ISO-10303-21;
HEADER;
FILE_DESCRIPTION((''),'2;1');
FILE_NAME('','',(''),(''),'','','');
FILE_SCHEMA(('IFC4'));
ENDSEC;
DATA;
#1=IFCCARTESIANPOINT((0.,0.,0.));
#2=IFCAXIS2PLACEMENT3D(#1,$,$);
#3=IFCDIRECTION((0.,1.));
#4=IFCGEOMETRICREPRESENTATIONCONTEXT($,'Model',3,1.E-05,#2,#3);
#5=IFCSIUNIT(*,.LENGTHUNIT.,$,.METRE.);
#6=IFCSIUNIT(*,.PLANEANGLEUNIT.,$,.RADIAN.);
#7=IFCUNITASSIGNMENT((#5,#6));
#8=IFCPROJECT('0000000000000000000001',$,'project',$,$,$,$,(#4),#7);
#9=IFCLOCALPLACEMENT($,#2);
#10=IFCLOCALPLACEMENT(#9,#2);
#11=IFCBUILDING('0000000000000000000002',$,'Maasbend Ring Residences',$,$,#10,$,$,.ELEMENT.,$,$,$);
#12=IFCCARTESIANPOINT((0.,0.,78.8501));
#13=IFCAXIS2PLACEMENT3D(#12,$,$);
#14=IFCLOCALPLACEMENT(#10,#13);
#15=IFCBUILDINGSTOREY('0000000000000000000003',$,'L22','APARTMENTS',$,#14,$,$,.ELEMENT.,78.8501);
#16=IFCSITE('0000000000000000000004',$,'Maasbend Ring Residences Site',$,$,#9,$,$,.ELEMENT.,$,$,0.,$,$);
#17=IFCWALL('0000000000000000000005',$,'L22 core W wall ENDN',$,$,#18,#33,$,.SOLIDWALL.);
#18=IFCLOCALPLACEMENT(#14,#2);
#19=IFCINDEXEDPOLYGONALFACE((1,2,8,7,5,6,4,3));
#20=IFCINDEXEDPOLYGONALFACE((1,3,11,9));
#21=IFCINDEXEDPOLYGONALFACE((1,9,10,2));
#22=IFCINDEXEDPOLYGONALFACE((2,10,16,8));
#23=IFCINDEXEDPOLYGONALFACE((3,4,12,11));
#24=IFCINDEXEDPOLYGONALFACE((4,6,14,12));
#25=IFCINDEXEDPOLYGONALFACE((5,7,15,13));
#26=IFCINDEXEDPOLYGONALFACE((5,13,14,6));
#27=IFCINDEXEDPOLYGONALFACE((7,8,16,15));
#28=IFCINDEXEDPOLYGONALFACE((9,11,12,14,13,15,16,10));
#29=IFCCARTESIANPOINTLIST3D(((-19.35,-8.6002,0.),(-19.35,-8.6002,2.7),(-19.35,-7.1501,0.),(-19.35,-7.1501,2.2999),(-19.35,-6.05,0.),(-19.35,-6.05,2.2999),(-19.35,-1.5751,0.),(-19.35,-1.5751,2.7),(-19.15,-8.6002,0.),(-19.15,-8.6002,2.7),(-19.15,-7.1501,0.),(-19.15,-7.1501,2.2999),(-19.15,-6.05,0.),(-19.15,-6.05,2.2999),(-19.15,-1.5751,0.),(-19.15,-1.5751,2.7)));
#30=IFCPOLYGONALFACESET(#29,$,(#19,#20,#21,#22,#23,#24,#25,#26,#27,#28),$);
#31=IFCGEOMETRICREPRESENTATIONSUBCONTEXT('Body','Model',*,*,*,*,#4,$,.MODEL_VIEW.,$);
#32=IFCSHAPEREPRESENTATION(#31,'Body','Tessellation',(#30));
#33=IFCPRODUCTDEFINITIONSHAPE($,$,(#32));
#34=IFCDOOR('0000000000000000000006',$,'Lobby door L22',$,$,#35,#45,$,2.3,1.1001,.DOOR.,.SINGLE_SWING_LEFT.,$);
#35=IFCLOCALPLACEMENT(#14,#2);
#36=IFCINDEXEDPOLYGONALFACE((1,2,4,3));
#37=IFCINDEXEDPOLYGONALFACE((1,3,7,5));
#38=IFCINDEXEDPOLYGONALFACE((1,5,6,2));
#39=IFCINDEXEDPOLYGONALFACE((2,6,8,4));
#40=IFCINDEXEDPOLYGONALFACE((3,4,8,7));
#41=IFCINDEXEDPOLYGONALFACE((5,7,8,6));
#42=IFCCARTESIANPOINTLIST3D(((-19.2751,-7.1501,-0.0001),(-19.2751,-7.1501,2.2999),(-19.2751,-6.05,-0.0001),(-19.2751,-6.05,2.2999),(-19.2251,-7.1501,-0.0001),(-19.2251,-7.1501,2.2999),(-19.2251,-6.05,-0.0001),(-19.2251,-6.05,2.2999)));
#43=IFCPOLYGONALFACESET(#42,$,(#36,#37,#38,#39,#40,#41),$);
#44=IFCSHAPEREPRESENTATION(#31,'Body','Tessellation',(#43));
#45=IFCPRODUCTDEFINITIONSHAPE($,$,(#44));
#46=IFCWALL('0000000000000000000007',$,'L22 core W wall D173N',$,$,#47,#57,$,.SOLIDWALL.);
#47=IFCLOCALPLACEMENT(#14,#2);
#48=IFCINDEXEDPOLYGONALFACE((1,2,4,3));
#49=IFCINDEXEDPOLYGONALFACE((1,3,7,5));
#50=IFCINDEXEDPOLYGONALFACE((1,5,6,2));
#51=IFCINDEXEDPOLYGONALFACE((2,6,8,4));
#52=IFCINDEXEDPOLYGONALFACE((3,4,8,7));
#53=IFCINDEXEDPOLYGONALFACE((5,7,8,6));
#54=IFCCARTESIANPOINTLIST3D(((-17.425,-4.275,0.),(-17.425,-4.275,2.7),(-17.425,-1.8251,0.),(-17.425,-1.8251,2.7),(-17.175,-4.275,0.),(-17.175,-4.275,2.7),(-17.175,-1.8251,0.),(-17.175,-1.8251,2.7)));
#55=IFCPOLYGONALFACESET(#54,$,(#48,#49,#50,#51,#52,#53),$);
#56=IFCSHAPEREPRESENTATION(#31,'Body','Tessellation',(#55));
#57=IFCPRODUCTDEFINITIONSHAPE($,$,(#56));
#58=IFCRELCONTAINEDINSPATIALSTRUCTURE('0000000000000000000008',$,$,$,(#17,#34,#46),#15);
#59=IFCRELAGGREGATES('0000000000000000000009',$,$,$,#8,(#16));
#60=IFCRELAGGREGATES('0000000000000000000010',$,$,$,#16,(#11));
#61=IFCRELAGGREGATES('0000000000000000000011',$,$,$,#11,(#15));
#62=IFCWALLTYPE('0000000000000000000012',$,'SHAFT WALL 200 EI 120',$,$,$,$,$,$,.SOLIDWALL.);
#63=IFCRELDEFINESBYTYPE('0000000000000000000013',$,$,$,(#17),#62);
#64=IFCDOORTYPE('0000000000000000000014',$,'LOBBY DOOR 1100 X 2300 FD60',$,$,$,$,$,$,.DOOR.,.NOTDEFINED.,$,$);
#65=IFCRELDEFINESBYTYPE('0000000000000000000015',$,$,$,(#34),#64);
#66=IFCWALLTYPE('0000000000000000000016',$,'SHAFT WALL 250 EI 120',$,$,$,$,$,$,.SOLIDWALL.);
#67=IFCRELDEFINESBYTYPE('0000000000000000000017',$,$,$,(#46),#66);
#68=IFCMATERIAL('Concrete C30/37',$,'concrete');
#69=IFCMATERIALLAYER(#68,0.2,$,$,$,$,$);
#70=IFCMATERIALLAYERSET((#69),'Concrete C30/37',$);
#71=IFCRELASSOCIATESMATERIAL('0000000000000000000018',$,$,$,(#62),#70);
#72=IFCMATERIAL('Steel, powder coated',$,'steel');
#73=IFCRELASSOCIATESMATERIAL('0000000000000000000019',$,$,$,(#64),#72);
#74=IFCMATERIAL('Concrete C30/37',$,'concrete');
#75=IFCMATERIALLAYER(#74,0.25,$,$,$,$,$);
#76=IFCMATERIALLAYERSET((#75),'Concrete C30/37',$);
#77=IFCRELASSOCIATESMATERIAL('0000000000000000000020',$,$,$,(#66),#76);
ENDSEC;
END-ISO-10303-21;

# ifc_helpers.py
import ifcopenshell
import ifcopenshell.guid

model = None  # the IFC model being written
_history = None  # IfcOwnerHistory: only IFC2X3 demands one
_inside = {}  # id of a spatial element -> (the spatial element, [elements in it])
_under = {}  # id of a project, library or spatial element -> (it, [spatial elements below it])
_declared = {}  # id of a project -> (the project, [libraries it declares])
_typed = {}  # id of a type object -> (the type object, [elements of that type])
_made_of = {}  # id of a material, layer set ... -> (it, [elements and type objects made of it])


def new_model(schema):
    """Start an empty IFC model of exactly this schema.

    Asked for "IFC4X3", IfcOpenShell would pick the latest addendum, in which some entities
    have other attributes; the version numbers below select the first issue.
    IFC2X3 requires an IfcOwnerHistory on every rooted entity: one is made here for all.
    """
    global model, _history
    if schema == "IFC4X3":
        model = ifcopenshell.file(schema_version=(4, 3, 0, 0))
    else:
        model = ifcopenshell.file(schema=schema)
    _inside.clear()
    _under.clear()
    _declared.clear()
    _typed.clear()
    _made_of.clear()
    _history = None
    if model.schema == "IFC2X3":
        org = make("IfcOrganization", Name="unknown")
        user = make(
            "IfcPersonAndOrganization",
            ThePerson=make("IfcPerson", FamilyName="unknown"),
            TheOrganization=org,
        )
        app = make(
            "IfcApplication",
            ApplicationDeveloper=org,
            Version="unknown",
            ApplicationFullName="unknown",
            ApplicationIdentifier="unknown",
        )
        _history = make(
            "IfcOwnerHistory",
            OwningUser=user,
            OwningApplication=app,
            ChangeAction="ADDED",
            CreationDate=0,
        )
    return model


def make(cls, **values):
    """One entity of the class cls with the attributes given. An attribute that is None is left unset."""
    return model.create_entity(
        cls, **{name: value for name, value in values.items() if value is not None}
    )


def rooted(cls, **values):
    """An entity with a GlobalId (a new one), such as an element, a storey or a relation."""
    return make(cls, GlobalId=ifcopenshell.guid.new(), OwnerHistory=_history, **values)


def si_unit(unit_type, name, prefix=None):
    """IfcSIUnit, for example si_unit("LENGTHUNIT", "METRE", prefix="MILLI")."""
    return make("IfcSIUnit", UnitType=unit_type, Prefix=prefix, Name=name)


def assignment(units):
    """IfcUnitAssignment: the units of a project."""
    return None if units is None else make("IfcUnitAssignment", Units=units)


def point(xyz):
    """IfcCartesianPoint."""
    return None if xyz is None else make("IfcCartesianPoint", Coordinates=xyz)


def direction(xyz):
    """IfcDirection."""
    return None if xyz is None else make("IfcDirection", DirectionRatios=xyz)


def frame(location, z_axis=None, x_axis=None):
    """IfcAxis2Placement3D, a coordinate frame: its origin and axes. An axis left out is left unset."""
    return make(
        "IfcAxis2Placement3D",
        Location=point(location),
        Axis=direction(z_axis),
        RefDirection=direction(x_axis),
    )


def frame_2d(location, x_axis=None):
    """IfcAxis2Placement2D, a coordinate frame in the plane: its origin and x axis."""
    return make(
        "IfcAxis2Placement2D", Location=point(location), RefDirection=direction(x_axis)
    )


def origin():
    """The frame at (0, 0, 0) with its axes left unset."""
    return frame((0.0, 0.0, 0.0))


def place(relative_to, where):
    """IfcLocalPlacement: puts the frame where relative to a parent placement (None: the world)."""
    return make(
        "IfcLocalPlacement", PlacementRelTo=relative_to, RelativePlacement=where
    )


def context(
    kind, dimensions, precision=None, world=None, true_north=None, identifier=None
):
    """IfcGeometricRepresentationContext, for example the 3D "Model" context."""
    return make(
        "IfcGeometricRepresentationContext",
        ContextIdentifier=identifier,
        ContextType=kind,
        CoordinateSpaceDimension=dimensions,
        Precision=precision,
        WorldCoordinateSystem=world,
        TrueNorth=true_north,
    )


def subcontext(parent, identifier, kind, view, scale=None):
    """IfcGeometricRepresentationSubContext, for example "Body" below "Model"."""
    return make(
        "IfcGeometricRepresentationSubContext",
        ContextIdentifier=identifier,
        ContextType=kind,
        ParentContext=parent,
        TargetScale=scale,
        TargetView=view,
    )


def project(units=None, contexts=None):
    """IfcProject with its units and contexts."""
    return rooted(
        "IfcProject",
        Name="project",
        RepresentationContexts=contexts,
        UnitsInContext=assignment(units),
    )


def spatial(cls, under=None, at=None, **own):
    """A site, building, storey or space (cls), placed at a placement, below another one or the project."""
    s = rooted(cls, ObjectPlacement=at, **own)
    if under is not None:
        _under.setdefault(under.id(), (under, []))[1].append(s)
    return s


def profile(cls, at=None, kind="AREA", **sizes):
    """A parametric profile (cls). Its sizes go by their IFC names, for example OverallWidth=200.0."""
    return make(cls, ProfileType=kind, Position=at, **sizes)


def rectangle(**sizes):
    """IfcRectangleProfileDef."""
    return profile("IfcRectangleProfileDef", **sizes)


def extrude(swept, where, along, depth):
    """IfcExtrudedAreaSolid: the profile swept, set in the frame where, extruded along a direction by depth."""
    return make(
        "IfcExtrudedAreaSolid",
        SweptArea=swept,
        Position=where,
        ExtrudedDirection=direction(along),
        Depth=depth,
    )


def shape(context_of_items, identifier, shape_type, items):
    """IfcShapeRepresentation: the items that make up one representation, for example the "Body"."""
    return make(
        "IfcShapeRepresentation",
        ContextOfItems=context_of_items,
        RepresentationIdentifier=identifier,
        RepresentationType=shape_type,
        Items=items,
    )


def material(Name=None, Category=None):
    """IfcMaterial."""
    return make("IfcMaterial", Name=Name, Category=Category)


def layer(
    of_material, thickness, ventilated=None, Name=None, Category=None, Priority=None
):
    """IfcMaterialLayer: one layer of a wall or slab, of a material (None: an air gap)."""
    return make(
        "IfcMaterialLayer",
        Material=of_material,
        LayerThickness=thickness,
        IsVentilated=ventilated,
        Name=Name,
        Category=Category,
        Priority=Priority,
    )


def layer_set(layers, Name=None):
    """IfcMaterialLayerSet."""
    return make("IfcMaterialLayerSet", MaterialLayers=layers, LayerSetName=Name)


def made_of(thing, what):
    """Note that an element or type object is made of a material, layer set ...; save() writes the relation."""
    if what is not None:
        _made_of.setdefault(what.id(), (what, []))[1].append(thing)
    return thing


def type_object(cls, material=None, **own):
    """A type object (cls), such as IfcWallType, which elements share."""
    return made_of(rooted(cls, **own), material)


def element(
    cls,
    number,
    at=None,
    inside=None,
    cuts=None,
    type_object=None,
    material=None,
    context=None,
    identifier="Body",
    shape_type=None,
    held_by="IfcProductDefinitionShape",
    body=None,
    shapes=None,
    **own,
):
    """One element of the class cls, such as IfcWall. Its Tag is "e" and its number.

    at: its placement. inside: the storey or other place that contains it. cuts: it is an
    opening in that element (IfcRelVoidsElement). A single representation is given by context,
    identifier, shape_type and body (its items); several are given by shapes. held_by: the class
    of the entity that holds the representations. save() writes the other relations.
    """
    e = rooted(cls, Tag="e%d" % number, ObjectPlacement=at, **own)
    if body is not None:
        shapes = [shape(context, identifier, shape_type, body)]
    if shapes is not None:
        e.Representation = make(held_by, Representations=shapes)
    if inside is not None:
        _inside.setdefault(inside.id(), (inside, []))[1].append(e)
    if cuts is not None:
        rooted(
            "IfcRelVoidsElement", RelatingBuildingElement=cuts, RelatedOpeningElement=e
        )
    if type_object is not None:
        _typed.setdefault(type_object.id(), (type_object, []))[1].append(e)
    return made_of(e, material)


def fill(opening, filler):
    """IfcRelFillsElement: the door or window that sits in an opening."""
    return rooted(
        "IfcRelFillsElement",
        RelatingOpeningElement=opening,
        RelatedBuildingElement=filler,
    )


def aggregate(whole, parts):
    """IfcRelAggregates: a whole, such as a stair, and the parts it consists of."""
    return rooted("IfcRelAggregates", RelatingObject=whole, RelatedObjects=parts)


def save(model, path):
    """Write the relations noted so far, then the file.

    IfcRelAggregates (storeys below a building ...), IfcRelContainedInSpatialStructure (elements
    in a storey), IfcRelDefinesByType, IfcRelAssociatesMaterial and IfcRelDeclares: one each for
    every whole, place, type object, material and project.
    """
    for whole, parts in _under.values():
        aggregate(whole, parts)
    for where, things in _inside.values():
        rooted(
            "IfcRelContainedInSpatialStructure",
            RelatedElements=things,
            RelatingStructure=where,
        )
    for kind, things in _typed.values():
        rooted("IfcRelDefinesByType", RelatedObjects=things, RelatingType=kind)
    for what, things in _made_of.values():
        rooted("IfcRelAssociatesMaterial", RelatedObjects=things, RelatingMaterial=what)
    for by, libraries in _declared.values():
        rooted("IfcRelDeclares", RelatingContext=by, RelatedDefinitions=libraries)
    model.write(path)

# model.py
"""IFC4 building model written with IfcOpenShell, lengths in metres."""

from ifc_helpers import new_model, si_unit, direction, frame, frame_2d, origin, place, context, subcontext, project, spatial, rectangle, extrude, material, layer, layer_set, type_object, element, fill, save


model = new_model("IFC4")

# Units and contexts
model_context = context("Model", 3, precision=1e-05, world=origin(), true_north=direction((0.0, 1.0)))
body_context = subcontext(model_context, "Body", "Model", "MODEL_VIEW")
ifc_project = project(units=[si_unit("LENGTHUNIT", "METRE"), si_unit("PLANEANGLEUNIT", "RADIAN")], contexts=[model_context])

# Site, building, storey
site_placement = place(None, origin())
site = spatial("IfcSite", under=ifc_project, at=site_placement, Name="Maasbend Ring Residences Site", CompositionType="ELEMENT", RefElevation=0.0)
building_placement = place(site_placement, origin())
building = spatial("IfcBuilding", under=site, at=building_placement, Name="Maasbend Ring Residences", CompositionType="ELEMENT")
storey_placement = place(building_placement, frame((0.0, 0.0, 78.8501)))
storey = spatial("IfcBuildingStorey", under=building, at=storey_placement, Name="L22", Description="APARTMENTS", CompositionType="ELEMENT", Elevation=78.8501)

# Wall, opening, door
ifc_material_1 = material(Name="Concrete C30/37", Category="concrete")
ifc_layer_1 = layer(ifc_material_1, 0.2)
ifc_layer_set_1 = layer_set([ifc_layer_1], Name="Concrete C30/37")
wall_type_1 = type_object("IfcWallType", Name="SHAFT WALL 200 EI 120", PredefinedType="SOLIDWALL", material=ifc_layer_set_1)
wall_1_placement = place(storey_placement, frame((-19.25, -1.575, 0.0), z_axis=(0.0, 0.0, 1.0), x_axis=(0.0, -1.0, 0.0)))
wall_1 = element("IfcWall", 1, at=wall_1_placement, inside=storey, type_object=wall_type_1, Name="L22 core W wall ENDN", PredefinedType="SOLIDWALL", context=body_context, shape_type="SweptSolid", body=[
    extrude(rectangle(XDim=7.0251, YDim=0.2, at=frame_2d((3.5127, 0.0))), origin(), (0.0, 0.0, 1.0), 2.7),
])
opening_1_placement = place(wall_1_placement, frame((4.4751, 0.0, 0.0)))
opening_1 = element("IfcOpeningElement", 2, at=opening_1_placement, cuts=wall_1, PredefinedType="OPENING", context=body_context, shape_type="SweptSolid", body=[
    extrude(rectangle(XDim=1.1001, YDim=2.3, at=frame_2d((0.55, 1.1499))), frame((0.0, 0.1099, 0.0), z_axis=(0.0, -1.0, 0.0), x_axis=(1.0, 0.0, 0.0)), (0.0, 0.0, 1.0), 0.22),
])
ifc_material_2 = material(Name="Steel, powder coated", Category="steel")
door_type_1 = type_object("IfcDoorType", Name="LOBBY DOOR 1100 X 2300 FD60", OperationType="NOTDEFINED", PredefinedType="DOOR", material=ifc_material_2)
door_1_placement = place(opening_1_placement, origin())
door_1 = element("IfcDoor", 3, at=door_1_placement, inside=storey, type_object=door_type_1, Name="Lobby door L22", OperationType="SINGLE_SWING_LEFT", OverallHeight=2.3, OverallWidth=1.1001, PredefinedType="DOOR", context=body_context, shape_type="SweptSolid", body=[
    extrude(rectangle(XDim=1.1001, YDim=2.3, at=frame_2d((0.55, 1.1499))), frame((0.0, 0.0249, 0.0), z_axis=(0.0, -1.0, 0.0), x_axis=(1.0, 0.0, 0.0)), (0.0, 0.0, 1.0), 0.05),
])
fill(opening_1, door_1)

# Wall
ifc_material_3 = material(Name="Concrete C30/37", Category="concrete")
ifc_layer_2 = layer(ifc_material_3, 0.25)
ifc_layer_set_2 = layer_set([ifc_layer_2], Name="Concrete C30/37")
wall_type_2 = type_object("IfcWallType", Name="SHAFT WALL 250 EI 120", PredefinedType="SOLIDWALL", material=ifc_layer_set_2)
wall_2_placement = place(storey_placement, frame((-17.3, -1.825, 0.0), z_axis=(0.0, 0.0, 1.0), x_axis=(0.0, -1.0, 0.0)))
element("IfcWall", 4, at=wall_2_placement, inside=storey, type_object=wall_type_2, Name="L22 core W wall D173N", PredefinedType="SOLIDWALL", context=body_context, shape_type="SweptSolid", body=[
    extrude(rectangle(XDim=2.45, YDim=0.25, at=frame_2d((1.2251, 0.0))), origin(), (0.0, 0.0, 1.0), 2.7),
])

save(model, "model.ifc")
